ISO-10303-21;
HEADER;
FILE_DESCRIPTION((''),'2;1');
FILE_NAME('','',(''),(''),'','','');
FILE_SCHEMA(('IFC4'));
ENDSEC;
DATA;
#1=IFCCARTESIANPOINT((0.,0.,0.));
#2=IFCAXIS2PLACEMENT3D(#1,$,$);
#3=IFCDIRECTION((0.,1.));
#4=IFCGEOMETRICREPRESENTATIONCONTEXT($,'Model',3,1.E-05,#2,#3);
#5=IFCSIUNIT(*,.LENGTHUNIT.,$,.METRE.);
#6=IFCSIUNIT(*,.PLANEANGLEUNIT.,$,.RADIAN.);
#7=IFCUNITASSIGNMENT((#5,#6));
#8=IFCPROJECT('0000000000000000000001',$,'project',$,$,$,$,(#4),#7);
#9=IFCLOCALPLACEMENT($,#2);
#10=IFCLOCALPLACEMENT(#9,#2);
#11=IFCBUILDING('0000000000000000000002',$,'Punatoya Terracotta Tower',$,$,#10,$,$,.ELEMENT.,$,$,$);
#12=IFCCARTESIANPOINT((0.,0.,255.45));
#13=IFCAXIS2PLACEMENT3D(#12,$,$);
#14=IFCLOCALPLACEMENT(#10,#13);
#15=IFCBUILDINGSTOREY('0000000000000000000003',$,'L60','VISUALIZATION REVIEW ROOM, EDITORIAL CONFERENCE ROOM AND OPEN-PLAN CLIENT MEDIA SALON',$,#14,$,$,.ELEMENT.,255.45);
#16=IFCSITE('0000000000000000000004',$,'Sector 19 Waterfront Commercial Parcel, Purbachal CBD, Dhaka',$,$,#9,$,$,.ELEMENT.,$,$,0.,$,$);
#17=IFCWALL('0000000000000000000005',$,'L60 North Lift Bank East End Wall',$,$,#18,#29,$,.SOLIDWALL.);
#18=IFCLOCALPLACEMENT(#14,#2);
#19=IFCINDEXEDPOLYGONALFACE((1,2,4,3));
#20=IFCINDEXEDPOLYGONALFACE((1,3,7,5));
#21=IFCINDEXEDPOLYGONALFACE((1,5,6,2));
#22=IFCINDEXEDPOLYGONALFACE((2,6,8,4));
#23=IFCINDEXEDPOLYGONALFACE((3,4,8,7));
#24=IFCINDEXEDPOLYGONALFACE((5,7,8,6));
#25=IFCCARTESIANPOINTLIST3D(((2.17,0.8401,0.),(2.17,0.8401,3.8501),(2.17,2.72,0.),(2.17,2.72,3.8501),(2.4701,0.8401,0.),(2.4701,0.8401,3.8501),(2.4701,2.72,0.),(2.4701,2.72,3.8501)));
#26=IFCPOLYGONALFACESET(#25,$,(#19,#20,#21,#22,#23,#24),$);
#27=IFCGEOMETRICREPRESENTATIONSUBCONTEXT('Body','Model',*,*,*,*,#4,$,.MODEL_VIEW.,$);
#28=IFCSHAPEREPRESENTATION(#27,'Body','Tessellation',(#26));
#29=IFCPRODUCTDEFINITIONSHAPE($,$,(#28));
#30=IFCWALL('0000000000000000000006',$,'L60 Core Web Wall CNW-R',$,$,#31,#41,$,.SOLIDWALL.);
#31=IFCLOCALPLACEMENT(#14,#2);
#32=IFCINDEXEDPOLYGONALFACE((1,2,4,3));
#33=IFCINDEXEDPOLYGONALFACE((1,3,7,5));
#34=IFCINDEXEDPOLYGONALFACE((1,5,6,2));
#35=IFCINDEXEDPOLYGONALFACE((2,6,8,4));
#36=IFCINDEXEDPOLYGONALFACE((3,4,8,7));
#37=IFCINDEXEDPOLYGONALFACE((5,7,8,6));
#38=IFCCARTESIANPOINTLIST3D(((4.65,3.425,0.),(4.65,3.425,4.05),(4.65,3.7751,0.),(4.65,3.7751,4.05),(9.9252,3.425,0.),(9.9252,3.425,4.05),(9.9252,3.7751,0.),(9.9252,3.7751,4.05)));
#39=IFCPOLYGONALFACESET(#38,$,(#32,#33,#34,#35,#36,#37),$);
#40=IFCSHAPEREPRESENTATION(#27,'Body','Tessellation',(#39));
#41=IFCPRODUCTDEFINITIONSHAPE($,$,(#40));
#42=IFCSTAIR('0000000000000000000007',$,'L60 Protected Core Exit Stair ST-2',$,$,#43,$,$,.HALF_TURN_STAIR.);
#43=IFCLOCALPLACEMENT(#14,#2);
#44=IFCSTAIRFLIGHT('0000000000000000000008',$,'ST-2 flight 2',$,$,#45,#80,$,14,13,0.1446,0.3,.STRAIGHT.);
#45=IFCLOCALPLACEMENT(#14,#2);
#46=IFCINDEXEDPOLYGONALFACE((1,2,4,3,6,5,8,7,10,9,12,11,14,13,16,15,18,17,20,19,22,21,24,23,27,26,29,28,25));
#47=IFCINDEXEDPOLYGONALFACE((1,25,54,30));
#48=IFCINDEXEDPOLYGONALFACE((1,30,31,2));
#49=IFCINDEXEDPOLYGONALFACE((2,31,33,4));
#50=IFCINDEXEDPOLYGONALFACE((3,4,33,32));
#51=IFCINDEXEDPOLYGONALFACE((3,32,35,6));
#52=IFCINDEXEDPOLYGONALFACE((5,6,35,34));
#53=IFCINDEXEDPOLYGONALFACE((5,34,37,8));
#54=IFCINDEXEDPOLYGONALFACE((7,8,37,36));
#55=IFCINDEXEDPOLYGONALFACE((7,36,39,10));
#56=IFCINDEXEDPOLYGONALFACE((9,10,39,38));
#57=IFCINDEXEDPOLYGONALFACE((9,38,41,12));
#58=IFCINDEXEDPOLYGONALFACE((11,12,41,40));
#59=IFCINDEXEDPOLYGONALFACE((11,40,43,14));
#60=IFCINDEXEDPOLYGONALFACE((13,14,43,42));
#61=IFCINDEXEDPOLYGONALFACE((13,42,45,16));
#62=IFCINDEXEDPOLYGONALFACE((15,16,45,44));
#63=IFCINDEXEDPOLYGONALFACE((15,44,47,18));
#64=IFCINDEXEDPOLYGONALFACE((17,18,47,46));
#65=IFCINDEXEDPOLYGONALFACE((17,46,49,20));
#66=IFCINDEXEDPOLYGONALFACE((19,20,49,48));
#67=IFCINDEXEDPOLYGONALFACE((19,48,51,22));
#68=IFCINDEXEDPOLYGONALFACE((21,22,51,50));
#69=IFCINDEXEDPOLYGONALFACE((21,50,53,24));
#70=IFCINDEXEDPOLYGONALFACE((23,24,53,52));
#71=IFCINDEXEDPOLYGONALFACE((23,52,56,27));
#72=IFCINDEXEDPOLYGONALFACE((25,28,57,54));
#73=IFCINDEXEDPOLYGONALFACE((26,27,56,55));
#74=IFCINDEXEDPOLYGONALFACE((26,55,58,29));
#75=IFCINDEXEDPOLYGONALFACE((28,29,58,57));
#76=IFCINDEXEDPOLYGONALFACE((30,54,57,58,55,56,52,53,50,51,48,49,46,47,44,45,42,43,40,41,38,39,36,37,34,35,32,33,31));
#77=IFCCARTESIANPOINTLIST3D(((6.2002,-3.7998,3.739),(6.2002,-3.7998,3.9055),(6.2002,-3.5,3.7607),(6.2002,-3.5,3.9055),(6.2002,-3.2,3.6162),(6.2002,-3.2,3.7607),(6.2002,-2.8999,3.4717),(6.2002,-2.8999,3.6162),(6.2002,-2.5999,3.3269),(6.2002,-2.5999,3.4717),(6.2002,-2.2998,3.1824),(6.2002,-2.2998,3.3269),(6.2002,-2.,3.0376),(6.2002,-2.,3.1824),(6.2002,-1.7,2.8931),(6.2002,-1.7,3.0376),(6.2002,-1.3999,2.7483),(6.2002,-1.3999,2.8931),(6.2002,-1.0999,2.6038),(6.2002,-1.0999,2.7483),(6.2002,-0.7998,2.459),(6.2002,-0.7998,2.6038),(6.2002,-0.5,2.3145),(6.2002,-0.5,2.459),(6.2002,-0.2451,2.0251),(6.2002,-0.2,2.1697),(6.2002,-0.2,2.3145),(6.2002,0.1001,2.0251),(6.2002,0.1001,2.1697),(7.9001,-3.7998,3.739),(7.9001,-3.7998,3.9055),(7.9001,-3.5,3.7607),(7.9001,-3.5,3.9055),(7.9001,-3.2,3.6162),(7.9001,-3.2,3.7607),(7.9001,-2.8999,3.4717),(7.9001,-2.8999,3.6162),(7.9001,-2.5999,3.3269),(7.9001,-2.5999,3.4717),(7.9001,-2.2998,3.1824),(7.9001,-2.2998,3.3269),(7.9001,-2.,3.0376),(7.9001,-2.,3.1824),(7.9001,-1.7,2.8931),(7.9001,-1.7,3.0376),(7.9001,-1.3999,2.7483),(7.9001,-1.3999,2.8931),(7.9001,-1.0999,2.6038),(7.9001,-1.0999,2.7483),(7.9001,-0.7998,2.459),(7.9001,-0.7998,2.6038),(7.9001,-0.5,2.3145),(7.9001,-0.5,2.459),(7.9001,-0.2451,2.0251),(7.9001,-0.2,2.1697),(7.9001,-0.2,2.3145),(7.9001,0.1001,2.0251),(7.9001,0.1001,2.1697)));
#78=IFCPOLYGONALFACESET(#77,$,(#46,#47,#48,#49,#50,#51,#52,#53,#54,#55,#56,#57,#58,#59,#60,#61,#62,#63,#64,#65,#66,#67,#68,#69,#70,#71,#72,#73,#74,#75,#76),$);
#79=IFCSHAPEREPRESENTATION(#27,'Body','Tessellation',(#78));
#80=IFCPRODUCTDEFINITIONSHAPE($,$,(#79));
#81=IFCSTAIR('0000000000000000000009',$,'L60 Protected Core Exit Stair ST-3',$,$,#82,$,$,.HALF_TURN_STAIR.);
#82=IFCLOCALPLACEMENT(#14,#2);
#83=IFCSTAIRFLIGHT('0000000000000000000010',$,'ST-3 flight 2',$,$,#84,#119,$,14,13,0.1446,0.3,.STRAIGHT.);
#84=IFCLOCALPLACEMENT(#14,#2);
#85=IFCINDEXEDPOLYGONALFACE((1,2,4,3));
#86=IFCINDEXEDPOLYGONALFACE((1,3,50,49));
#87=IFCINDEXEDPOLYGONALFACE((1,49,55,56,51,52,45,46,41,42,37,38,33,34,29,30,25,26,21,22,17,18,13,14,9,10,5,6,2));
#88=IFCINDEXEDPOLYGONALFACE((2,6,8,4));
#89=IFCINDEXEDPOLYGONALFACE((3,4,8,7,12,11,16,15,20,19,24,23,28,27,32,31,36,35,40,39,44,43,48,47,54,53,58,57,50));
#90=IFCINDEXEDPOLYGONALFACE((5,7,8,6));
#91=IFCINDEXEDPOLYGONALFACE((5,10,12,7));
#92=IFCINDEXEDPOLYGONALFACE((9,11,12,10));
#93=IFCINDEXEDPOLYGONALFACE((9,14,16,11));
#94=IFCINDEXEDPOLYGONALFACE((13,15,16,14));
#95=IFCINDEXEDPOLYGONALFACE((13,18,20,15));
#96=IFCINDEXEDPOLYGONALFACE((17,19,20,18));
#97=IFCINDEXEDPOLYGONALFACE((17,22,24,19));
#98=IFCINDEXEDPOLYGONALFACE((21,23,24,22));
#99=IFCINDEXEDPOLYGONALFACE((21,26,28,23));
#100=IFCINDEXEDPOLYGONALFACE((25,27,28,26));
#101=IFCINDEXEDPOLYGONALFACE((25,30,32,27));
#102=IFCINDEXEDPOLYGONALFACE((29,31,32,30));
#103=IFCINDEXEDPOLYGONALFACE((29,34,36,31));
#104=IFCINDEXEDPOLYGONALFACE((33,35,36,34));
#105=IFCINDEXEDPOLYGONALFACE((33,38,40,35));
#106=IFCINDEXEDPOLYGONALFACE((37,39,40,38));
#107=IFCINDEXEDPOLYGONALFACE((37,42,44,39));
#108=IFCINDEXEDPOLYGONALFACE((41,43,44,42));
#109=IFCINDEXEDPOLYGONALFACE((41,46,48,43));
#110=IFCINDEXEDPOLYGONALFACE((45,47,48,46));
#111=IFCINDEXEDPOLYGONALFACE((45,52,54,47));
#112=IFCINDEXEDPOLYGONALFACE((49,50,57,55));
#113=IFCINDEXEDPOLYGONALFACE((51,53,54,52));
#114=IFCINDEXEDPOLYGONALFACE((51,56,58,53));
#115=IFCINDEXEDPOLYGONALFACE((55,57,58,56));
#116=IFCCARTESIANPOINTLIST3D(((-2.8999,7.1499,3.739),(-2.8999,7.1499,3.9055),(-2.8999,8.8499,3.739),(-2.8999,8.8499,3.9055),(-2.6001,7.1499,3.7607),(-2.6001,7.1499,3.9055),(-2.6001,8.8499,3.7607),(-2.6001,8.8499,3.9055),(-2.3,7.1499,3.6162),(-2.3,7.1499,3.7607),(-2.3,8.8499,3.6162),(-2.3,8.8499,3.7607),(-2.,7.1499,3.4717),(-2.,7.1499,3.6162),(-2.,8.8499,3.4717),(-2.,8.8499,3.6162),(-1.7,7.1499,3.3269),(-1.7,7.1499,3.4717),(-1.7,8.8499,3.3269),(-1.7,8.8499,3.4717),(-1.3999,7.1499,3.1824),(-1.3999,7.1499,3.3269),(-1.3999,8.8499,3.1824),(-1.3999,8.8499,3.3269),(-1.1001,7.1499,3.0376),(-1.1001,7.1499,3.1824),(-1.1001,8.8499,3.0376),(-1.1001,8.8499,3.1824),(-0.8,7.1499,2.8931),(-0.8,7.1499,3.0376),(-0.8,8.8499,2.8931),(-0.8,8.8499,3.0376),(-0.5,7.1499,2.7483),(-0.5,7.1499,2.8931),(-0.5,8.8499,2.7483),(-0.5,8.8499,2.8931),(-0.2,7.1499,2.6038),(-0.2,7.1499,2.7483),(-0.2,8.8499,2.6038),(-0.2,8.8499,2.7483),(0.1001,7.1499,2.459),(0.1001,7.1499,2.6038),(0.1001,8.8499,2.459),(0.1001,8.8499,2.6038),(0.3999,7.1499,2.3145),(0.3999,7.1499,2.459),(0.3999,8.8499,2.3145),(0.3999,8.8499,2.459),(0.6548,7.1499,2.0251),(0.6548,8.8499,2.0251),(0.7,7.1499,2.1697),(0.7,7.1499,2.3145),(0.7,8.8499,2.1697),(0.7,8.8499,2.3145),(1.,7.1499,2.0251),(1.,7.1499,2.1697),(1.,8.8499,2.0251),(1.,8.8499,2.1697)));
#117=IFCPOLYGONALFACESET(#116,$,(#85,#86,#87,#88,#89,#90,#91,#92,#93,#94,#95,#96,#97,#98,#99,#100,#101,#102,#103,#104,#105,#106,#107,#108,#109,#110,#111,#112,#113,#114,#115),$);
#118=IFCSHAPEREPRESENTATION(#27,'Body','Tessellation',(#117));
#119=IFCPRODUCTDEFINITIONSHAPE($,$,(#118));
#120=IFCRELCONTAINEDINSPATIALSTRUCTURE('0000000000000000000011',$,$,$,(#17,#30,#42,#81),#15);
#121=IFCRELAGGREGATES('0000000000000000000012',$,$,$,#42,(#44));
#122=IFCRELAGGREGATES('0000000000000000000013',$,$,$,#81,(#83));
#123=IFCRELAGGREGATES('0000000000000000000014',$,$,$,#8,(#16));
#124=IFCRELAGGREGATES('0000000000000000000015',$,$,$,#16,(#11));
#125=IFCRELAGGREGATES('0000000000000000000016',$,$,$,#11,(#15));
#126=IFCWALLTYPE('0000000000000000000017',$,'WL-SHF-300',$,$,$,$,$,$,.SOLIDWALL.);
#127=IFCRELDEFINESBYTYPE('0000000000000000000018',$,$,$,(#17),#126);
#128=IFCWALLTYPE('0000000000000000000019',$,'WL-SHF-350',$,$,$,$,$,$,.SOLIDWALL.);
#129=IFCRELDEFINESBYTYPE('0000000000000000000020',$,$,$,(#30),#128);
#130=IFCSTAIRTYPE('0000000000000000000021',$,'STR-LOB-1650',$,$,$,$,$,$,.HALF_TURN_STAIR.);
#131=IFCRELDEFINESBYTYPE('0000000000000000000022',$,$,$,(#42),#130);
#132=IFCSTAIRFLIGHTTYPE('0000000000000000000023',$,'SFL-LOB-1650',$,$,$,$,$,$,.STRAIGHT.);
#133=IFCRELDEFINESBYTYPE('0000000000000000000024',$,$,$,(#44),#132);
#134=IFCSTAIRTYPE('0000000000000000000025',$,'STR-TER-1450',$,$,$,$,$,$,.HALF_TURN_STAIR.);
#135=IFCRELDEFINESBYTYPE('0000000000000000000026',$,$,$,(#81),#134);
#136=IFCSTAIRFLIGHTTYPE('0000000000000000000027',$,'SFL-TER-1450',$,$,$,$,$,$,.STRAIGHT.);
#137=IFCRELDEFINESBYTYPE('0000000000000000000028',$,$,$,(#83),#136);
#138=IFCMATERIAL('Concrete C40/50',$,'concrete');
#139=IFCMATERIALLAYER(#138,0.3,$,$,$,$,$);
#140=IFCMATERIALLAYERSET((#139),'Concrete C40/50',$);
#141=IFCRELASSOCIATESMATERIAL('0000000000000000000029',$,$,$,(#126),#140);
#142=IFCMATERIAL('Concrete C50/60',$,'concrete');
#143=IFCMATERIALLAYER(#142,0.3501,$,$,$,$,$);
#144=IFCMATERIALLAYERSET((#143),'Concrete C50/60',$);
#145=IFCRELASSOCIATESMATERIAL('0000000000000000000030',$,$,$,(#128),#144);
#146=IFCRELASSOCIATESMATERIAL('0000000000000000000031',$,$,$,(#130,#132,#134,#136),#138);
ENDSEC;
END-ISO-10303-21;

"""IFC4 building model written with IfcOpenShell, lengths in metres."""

from ifc_helpers import new_model, si_unit, direction, frame, frame_2d, origin, place, context, subcontext, project, spatial, polyline, rectangle, outline, extrude, material, layer, layer_set, type_object, element, aggregate, save


model = new_model("IFC4")

# Units and contexts
model_context = context("Model", 3, precision=1e-05, world=origin(), true_north=direction((0.0, 1.0)))
body_context = subcontext(model_context, "Body", "Model", "MODEL_VIEW")
ifc_project = project(units=[si_unit("LENGTHUNIT", "METRE"), si_unit("PLANEANGLEUNIT", "RADIAN")], contexts=[model_context])

# Site, building, storey
site_placement = place(None, origin())
site = spatial("IfcSite", under=ifc_project, at=site_placement, Name="Sector 19 Waterfront Commercial Parcel, Purbachal CBD, Dhaka", CompositionType="ELEMENT", RefElevation=0.0)
building_placement = place(site_placement, origin())
building = spatial("IfcBuilding", under=site, at=building_placement, Name="Punatoya Terracotta Tower", CompositionType="ELEMENT")
storey_placement = place(building_placement, frame((0.0, 0.0, 255.45)))
storey = spatial("IfcBuildingStorey", under=building, at=storey_placement, Name="L60", Description="VISUALIZATION REVIEW ROOM, EDITORIAL CONFERENCE ROOM AND OPEN-PLAN CLIENT MEDIA SALON", CompositionType="ELEMENT", Elevation=255.45)

# Shared definitions
ifc_material_1 = material(Name="Concrete C50/60", Category="concrete")

# Shared definitions
ifc_material_2 = material(Name="Concrete C40/50", Category="concrete")

# Walls
ifc_layer_1 = layer(ifc_material_2, 0.3)
ifc_layer_set_1 = layer_set([ifc_layer_1], Name="Concrete C40/50")
wall_type_1 = type_object("IfcWallType", Name="WL-SHF-300", PredefinedType="SOLIDWALL", material=ifc_layer_set_1)
wall_1_placement = place(storey_placement, frame((2.3201, 0.8401, 0.0), z_axis=(0.0, 0.0, 1.0), x_axis=(0.0, 1.0, 0.0)))
element("IfcWall", 1, at=wall_1_placement, inside=storey, type_object=wall_type_1, Name="L60 North Lift Bank East End Wall", PredefinedType="SOLIDWALL", context=body_context, shape_type="SweptSolid", body=[
    extrude(rectangle(XDim=1.8799, YDim=0.3, at=frame_2d((0.9399, 0.0))), origin(), (0.0, 0.0, 1.0), 3.8501),
])
ifc_layer_2 = layer(ifc_material_1, 0.3501)
ifc_layer_set_2 = layer_set([ifc_layer_2], Name="Concrete C50/60")
wall_type_2 = type_object("IfcWallType", Name="WL-SHF-350", PredefinedType="SOLIDWALL", material=ifc_layer_set_2)
wall_2_placement = place(storey_placement, frame((4.6499, 3.6001, 0.0), z_axis=(0.0, 0.0, 1.0), x_axis=(1.0, 0.0, 0.0)))
element("IfcWall", 2, at=wall_2_placement, inside=storey, type_object=wall_type_2, Name="L60 Core Web Wall CNW-R", PredefinedType="SOLIDWALL", context=body_context, shape_type="SweptSolid", body=[
    extrude(rectangle(XDim=5.2751, YDim=0.3501, at=frame_2d((2.6377, 0.0))), origin(), (0.0, 0.0, 1.0), 4.05),
])

# Stairs, stair flights
stair_type_1 = type_object("IfcStairType", Name="STR-LOB-1650", PredefinedType="HALF_TURN_STAIR", material=ifc_material_2)
stair_1_placement = place(storey_placement, origin())
stair_1 = element("IfcStair", 3, at=stair_1_placement, inside=storey, type_object=stair_type_1, Name="L60 Protected Core Exit Stair ST-2", PredefinedType="HALF_TURN_STAIR")
stair_flight_type_1 = type_object("IfcStairFlightType", Name="SFL-LOB-1650", PredefinedType="STRAIGHT", material=ifc_material_2)
stair_flight_1_placement = place(storey_placement, frame((7.05, 0.1001, 2.0251), z_axis=(0.0, 0.0, 1.0), x_axis=(0.0, -1.0, 0.0)))
stair_flight_1 = element("IfcStairFlight", 4, at=stair_flight_1_placement, type_object=stair_flight_type_1, Name="ST-2 flight 2", NumberOfRisers=14, NumberOfTreads=13, PredefinedType="STRAIGHT", RiserHeight=0.1446, TreadLength=0.3, context=body_context, shape_type="SweptSolid", body=[
    extrude(outline(polyline([(0.0, 0.0), (0.0, 0.1445), (0.3, 0.1445), (0.3, 0.2893), (0.6001, 0.2893), (0.6001, 0.4338), (0.8999, 0.4338), (0.8999, 0.5786), (1.2, 0.5786), (1.2, 0.7231), (1.5, 0.7231), (1.5, 0.8679), (1.8, 0.8679), (1.8, 1.0125), (2.1001, 1.0125), (2.1001, 1.1572), (2.3999, 1.1572), (2.3999, 1.3018), (2.7, 1.3018), (2.7, 1.4465), (3.0, 1.4465), (3.0, 1.5911), (3.3, 1.5911), (3.3, 1.7356), (3.6001, 1.7356), (3.6001, 1.8804), (3.8999, 1.8804), (3.8999, 2.0249), (3.8999, 1.7139), (0.3452, 0.0), (0.0, 0.0)])), frame((0.0, 0.8501, 0.0), z_axis=(0.0, -1.0, 0.0), x_axis=(1.0, 0.0, 0.0)), (0.0, 0.0, 1.0), 1.7),
])
aggregate(stair_1, [stair_flight_1])
stair_type_2 = type_object("IfcStairType", Name="STR-TER-1450", PredefinedType="HALF_TURN_STAIR", material=ifc_material_2)
stair_2_placement = place(storey_placement, origin())
stair_2 = element("IfcStair", 5, at=stair_2_placement, inside=storey, type_object=stair_type_2, Name="L60 Protected Core Exit Stair ST-3", PredefinedType="HALF_TURN_STAIR")
stair_flight_type_2 = type_object("IfcStairFlightType", Name="SFL-TER-1450", PredefinedType="STRAIGHT", material=ifc_material_2)
stair_flight_2_placement = place(storey_placement, frame((1.0, 8.0, 2.0251), z_axis=(0.0, 0.0, 1.0), x_axis=(-1.0, 0.0, 0.0)))
stair_flight_2 = element("IfcStairFlight", 6, at=stair_flight_2_placement, type_object=stair_flight_type_2, Name="ST-3 flight 2", NumberOfRisers=14, NumberOfTreads=13, PredefinedType="STRAIGHT", RiserHeight=0.1446, TreadLength=0.3, context=body_context, shape_type="SweptSolid", body=[
    extrude(outline(polyline([(0.0, 0.0), (0.0, 0.1445), (0.3, 0.1445), (0.3, 0.2893), (0.6001, 0.2893), (0.6001, 0.4338), (0.8999, 0.4338), (0.8999, 0.5786), (1.2, 0.5786), (1.2, 0.7231), (1.5, 0.7231), (1.5, 0.8679), (1.8, 0.8679), (1.8, 1.0125), (2.1001, 1.0125), (2.1001, 1.1572), (2.3999, 1.1572), (2.3999, 1.3018), (2.7, 1.3018), (2.7, 1.4465), (3.0, 1.4465), (3.0, 1.5911), (3.3, 1.5911), (3.3, 1.7356), (3.6001, 1.7356), (3.6001, 1.8804), (3.8999, 1.8804), (3.8999, 2.0249), (3.8999, 1.7139), (0.3452, 0.0), (0.0, 0.0)])), frame((0.0, 0.8501, 0.0), z_axis=(0.0, -1.0, 0.0), x_axis=(1.0, 0.0, 0.0)), (0.0, 0.0, 1.0), 1.7),
])
aggregate(stair_2, [stair_flight_2])

save(model, "model.ifc")
